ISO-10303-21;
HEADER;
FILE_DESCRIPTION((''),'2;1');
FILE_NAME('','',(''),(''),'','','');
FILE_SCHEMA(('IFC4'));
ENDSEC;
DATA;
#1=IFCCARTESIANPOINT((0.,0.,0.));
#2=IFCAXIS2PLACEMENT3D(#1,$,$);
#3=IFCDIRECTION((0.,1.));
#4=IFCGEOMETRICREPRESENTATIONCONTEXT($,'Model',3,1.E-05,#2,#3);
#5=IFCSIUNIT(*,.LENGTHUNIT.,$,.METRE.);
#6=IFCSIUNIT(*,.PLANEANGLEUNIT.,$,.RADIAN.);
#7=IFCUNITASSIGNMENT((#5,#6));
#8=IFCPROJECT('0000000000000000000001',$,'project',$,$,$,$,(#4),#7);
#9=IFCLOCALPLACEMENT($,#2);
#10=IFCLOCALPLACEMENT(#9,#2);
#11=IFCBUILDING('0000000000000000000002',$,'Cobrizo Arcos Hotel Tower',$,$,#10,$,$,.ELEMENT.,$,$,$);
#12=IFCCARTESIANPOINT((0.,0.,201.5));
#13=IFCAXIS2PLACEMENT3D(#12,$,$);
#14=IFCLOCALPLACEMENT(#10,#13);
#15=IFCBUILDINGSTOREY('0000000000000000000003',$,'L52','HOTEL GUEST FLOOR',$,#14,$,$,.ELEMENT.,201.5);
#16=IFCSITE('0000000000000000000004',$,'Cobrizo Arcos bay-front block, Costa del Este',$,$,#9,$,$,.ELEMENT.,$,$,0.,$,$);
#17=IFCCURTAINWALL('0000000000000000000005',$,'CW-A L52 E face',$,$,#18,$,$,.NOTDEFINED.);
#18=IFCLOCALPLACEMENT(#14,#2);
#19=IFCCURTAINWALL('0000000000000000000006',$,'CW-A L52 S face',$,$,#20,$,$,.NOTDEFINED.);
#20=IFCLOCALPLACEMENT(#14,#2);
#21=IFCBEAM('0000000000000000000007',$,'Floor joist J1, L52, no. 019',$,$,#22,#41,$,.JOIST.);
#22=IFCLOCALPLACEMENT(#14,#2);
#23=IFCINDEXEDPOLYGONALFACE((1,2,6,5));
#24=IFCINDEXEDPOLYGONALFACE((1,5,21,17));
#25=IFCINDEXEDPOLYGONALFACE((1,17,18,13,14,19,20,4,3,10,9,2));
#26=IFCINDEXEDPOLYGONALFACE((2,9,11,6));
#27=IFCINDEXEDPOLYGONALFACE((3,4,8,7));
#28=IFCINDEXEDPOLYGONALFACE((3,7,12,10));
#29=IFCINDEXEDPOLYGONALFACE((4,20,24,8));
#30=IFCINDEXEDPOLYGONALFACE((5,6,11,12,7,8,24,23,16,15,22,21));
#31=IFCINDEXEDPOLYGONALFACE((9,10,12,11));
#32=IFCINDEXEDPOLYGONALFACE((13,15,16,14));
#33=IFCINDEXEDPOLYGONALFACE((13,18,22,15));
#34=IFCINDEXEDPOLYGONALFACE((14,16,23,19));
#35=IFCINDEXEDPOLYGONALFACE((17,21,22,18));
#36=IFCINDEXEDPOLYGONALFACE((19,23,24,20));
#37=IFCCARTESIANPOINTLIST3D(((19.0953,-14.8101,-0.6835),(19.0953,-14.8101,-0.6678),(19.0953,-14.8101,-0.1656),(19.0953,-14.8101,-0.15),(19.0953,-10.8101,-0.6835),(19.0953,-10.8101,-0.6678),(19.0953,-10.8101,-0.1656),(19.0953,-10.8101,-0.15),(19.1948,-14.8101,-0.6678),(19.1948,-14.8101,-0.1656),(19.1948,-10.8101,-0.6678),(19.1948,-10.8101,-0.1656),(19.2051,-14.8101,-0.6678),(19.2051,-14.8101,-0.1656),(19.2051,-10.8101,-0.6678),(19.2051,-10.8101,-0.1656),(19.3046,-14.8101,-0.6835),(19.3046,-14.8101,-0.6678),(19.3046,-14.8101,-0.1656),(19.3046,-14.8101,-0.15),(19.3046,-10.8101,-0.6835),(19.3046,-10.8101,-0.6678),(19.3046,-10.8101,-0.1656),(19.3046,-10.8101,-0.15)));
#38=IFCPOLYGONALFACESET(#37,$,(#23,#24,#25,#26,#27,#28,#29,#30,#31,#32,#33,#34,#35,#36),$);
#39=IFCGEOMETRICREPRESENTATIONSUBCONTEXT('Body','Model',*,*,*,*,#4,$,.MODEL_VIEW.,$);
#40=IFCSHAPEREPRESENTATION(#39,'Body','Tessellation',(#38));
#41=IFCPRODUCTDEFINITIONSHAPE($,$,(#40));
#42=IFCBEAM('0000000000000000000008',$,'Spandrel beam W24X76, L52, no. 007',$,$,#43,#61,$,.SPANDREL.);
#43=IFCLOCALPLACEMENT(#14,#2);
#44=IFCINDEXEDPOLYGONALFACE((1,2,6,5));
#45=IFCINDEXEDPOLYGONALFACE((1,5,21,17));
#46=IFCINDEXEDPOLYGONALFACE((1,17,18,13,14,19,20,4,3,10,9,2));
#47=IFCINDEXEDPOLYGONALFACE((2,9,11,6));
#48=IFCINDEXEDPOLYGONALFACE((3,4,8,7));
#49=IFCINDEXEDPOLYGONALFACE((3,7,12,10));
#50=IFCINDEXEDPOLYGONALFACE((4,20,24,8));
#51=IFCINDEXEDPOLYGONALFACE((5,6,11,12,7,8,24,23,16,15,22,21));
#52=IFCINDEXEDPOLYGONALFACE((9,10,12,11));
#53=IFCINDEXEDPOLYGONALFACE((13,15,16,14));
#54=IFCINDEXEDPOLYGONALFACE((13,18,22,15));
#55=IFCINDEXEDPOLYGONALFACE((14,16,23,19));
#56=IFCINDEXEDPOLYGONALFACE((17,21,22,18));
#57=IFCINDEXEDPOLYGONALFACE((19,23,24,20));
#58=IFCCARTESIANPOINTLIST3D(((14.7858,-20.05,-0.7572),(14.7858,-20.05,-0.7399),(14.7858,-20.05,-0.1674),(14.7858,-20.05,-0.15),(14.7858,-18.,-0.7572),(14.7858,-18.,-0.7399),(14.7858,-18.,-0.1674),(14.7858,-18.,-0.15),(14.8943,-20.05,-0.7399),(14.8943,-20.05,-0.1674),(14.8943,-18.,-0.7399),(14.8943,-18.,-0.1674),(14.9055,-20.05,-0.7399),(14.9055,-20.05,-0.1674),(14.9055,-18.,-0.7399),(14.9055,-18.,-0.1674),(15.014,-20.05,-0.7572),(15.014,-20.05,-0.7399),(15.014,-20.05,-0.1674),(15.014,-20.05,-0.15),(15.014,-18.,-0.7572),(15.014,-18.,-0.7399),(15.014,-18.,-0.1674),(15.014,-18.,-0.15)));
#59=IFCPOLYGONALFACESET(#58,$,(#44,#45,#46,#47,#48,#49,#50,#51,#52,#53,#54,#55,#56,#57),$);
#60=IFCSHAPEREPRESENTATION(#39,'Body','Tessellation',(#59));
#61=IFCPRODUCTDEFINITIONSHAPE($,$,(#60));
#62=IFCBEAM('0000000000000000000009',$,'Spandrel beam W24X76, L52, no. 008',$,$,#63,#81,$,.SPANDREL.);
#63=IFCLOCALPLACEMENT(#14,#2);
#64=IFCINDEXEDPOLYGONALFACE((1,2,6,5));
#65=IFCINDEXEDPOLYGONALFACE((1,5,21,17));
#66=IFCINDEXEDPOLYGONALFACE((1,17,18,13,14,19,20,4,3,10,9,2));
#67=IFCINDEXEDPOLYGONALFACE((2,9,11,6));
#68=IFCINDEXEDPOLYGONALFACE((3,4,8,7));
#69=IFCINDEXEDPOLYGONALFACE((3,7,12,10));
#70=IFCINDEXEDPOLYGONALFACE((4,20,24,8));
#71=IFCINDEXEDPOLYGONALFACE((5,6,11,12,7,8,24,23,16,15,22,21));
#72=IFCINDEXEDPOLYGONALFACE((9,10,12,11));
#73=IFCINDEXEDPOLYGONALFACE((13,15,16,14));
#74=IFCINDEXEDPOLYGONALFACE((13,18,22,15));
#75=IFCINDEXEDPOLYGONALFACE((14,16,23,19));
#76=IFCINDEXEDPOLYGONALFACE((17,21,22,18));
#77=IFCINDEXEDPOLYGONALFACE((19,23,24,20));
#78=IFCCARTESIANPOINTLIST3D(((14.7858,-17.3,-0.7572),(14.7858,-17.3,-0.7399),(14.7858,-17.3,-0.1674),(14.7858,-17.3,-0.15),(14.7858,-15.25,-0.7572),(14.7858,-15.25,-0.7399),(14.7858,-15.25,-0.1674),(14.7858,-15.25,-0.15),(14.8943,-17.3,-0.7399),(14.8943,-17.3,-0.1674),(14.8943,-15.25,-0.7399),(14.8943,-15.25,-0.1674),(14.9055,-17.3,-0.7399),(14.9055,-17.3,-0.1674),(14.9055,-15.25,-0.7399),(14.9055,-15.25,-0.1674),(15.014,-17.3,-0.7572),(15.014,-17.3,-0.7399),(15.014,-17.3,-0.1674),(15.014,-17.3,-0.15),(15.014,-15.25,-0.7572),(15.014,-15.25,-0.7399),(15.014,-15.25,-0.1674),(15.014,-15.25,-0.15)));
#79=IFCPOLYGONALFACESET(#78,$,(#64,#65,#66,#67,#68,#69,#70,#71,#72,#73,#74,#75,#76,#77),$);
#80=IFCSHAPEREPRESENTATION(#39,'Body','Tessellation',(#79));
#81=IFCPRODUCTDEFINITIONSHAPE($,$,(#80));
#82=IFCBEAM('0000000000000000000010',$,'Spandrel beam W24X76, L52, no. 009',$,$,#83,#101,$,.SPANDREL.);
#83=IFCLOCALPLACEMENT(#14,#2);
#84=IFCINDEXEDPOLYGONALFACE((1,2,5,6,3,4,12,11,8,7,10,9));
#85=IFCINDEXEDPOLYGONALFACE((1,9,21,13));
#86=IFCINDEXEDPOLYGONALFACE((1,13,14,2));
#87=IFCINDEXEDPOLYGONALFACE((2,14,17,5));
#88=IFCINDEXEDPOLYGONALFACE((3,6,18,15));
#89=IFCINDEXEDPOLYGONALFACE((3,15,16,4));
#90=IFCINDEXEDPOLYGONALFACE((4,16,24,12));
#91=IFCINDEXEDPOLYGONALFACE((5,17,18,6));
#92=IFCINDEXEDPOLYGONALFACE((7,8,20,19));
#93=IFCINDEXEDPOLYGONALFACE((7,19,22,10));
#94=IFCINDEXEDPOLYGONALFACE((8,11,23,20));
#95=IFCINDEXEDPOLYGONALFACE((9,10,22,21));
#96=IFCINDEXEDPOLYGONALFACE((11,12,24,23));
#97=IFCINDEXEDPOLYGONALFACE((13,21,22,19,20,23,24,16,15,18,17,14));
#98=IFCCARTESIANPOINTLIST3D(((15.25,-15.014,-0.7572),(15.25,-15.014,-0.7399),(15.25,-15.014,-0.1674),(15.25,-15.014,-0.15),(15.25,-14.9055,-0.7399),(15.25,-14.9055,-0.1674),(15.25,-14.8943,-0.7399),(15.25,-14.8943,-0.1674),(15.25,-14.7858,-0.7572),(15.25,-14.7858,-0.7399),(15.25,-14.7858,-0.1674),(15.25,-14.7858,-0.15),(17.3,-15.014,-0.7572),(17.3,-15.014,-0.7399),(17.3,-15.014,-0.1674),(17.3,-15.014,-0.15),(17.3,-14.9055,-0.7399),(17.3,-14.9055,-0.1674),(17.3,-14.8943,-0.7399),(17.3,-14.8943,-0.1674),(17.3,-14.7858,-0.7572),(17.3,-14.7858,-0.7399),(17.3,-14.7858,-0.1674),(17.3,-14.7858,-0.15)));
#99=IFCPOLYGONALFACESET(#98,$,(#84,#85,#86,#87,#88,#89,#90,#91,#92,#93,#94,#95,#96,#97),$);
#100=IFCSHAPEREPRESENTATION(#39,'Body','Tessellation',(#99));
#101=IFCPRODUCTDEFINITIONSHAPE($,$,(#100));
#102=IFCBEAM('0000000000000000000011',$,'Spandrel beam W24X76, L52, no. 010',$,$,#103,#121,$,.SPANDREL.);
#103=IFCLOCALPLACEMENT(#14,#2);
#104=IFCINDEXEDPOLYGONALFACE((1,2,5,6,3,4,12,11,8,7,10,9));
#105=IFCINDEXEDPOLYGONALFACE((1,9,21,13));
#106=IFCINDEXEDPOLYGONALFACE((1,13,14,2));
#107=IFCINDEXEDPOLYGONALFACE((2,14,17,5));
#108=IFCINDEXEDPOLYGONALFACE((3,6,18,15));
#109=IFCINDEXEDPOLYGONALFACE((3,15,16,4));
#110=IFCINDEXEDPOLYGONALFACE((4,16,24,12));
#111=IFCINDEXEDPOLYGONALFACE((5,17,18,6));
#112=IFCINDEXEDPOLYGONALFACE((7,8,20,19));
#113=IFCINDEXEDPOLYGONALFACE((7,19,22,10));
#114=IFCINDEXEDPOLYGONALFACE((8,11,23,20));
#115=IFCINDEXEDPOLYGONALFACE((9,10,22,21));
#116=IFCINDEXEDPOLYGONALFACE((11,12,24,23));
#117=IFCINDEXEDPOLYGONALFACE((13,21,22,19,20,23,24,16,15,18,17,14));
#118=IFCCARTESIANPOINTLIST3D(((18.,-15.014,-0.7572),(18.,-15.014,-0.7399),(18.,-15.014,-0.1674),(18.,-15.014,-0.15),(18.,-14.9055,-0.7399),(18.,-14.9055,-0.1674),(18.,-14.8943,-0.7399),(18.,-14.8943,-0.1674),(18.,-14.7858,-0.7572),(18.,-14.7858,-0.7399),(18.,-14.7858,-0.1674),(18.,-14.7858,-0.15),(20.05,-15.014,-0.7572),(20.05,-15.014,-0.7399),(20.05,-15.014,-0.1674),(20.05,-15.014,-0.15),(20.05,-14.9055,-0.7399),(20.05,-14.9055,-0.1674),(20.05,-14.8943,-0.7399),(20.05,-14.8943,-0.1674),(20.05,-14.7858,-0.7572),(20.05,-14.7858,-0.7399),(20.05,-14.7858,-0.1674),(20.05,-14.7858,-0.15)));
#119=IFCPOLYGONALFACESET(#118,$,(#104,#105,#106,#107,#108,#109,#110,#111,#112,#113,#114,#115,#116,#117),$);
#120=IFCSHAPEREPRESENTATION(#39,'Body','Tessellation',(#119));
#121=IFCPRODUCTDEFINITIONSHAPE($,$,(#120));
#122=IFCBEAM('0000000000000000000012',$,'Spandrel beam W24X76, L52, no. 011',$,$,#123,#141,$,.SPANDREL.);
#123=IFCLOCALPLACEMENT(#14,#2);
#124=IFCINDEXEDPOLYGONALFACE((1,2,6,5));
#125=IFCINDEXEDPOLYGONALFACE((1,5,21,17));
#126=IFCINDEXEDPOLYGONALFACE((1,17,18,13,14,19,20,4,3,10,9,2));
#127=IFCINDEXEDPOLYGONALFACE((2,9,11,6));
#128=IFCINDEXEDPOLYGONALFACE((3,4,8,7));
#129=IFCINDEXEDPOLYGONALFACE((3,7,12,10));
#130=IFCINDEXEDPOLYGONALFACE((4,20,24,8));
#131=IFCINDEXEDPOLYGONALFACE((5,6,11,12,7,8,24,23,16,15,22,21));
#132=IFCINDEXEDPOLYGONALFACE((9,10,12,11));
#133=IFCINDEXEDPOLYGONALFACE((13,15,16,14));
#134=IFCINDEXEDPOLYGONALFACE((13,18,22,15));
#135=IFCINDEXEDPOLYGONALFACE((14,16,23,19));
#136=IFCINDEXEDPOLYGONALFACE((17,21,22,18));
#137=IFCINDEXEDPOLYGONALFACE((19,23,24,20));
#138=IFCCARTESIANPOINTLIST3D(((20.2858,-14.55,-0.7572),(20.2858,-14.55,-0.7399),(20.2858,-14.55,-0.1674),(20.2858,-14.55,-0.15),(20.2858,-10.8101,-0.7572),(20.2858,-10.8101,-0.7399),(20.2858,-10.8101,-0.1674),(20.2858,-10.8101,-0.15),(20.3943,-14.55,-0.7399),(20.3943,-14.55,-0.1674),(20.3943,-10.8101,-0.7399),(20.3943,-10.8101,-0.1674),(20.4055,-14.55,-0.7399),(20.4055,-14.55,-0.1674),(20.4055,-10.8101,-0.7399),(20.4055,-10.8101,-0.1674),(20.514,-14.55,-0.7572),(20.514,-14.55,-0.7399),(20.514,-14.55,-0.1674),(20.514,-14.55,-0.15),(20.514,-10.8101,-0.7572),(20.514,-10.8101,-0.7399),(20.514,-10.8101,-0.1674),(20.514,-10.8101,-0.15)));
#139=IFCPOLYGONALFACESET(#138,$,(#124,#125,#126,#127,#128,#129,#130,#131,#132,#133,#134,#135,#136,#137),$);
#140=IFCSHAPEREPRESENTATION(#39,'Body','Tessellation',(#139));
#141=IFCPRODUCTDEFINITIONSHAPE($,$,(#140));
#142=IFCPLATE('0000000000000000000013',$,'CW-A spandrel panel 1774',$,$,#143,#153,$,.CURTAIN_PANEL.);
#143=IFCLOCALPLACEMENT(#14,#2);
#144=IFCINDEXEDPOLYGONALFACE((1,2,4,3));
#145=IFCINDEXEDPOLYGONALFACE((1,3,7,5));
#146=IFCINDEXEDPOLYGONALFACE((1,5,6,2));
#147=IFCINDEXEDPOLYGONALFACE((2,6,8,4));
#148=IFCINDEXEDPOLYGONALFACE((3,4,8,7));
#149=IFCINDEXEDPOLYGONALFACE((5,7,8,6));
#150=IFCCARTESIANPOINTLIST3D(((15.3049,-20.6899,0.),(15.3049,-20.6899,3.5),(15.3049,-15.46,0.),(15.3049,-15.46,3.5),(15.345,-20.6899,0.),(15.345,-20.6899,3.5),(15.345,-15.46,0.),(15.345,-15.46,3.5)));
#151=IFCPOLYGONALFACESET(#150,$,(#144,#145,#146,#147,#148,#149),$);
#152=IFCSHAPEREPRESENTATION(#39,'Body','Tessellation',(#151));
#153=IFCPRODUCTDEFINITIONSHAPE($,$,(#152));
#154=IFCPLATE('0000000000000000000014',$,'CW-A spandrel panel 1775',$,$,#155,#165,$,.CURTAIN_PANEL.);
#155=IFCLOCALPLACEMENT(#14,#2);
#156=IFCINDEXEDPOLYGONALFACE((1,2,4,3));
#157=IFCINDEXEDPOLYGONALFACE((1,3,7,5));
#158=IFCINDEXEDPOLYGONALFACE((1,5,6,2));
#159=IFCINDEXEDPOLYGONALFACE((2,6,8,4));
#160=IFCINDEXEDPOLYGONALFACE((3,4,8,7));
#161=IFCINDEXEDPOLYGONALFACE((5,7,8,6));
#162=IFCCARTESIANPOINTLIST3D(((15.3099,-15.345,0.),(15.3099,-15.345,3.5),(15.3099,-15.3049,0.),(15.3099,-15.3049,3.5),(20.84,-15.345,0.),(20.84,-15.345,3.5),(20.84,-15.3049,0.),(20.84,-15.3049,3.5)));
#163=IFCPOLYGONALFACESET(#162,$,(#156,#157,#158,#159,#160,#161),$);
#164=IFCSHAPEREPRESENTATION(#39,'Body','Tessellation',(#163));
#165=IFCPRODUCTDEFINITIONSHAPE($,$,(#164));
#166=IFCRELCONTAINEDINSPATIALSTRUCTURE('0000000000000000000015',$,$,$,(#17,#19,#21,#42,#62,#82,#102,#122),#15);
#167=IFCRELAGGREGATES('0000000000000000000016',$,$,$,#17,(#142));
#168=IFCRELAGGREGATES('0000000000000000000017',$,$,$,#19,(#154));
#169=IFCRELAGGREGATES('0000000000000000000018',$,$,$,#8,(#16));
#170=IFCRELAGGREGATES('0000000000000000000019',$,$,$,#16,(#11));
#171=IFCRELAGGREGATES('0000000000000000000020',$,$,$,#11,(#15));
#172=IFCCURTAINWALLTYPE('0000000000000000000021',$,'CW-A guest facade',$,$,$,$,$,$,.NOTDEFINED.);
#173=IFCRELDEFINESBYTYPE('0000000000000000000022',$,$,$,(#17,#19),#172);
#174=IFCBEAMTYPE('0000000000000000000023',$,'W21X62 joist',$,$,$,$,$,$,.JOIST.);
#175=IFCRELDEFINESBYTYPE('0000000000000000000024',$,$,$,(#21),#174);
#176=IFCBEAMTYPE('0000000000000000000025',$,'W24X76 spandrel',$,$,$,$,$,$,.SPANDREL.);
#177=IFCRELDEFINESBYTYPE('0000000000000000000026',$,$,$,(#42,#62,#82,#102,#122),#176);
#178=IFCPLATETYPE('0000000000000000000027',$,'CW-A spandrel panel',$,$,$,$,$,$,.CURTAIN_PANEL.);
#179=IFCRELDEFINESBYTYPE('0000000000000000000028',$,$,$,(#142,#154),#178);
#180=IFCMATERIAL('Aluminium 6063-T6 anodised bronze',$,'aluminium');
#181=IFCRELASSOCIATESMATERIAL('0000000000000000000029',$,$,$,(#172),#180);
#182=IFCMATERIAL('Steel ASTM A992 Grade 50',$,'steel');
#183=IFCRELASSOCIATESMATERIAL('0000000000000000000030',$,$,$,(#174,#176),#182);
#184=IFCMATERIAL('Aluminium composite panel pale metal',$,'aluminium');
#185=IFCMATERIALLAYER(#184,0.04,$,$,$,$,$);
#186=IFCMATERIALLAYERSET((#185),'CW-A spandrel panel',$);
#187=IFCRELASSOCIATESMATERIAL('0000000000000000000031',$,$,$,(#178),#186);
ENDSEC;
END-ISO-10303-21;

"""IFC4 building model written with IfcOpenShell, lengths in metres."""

from ifc_helpers import new_model, si_unit, direction, frame, origin, origin_2d, place, context, subcontext, project, spatial, rectangle, i_section, extrude, material, layer, layer_set, material_profile, profile_set, type_object, element, aggregate, save


model = new_model("IFC4")

# Units and contexts
model_context = context("Model", 3, precision=1e-05, world=origin(), true_north=direction((0.0, 1.0)))
body_context = subcontext(model_context, "Body", "Model", "MODEL_VIEW")
ifc_project = project(units=[si_unit("LENGTHUNIT", "METRE"), si_unit("PLANEANGLEUNIT", "RADIAN")], contexts=[model_context])

# Site, building, storey
site_placement = place(None, origin())
site = spatial("IfcSite", under=ifc_project, at=site_placement, Name="Cobrizo Arcos bay-front block, Costa del Este", CompositionType="ELEMENT", RefElevation=0.0)
building_placement = place(site_placement, origin())
building = spatial("IfcBuilding", under=site, at=building_placement, Name="Cobrizo Arcos Hotel Tower", CompositionType="ELEMENT")
storey_placement = place(building_placement, frame((0.0, 0.0, 201.5)))
storey = spatial("IfcBuildingStorey", under=building, at=storey_placement, Name="L52", Description="HOTEL GUEST FLOOR", CompositionType="ELEMENT", Elevation=201.5)

# Shared definitions
ifc_material_1 = material(Name="Aluminium 6063-T6 anodised bronze", Category="aluminium")
curtain_wall_type = type_object("IfcCurtainWallType", Name="CW-A guest facade", PredefinedType="NOTDEFINED", material=ifc_material_1)

# Curtain walls
curtain_wall_1_placement = place(storey_placement, origin())
curtain_wall_1 = element("IfcCurtainWall", 1, at=curtain_wall_1_placement, inside=storey, type_object=curtain_wall_type, Name="CW-A L52 E face", PredefinedType="NOTDEFINED")
curtain_wall_2_placement = place(storey_placement, origin())
curtain_wall_2 = element("IfcCurtainWall", 2, at=curtain_wall_2_placement, inside=storey, type_object=curtain_wall_type, Name="CW-A L52 S face", PredefinedType="NOTDEFINED")

# Beams
ifc_material_2 = material(Name="Steel ASTM A992 Grade 50", Category="steel")
ifc_material_profile_1 = material_profile(ifc_material_2, i_section(OverallWidth=0.2092, OverallDepth=0.5334, WebThickness=0.0103, FlangeThickness=0.0156, at=origin_2d()), Name="W21X62")
ifc_profile_set_1 = profile_set([ifc_material_profile_1], Name="Steel ASTM A992 Grade 50")
beam_type_1 = type_object("IfcBeamType", Name="W21X62 joist", PredefinedType="JOIST", material=ifc_profile_set_1)
beam_1_placement = place(storey_placement, frame((19.2, -14.8101, -0.4167), z_axis=(0.0, 1.0, 0.0), x_axis=(-1.0, 0.0, 0.0)))
element("IfcBeam", 3, at=beam_1_placement, inside=storey, type_object=beam_type_1, Name="Floor joist J1, L52, no. 019", PredefinedType="JOIST", context=body_context, shape_type="SweptSolid", body=[
    extrude(i_section(OverallWidth=0.2092, OverallDepth=0.5334, WebThickness=0.0103, FlangeThickness=0.0156, at=origin_2d()), origin(), (0.0, 0.0, 1.0), 4.0),
])
ifc_material_profile_2 = material_profile(ifc_material_2, i_section(OverallWidth=0.2283, OverallDepth=0.6072, WebThickness=0.0112, FlangeThickness=0.0173, at=origin_2d()), Name="W24X76")
ifc_profile_set_2 = profile_set([ifc_material_profile_2], Name="Steel ASTM A992 Grade 50")
beam_type_2 = type_object("IfcBeamType", Name="W24X76 spandrel", PredefinedType="SPANDREL", material=ifc_profile_set_2)
for number, where, z_axis, x_axis, name in (
    (4, (14.8999, -20.05, -0.4536), (0.0, 1.0, 0.0), (-1.0, 0.0, 0.0), "Spandrel beam W24X76, L52, no. 007"),
    (5, (14.8999, -17.3, -0.4536), (0.0, 1.0, 0.0), (-1.0, 0.0, 0.0), "Spandrel beam W24X76, L52, no. 008"),
    (6, (15.25, -14.8999, -0.4536), (1.0, 0.0, 0.0), (0.0, 1.0, 0.0), "Spandrel beam W24X76, L52, no. 009"),
    (7, (18.0, -14.8999, -0.4536), (1.0, 0.0, 0.0), (0.0, 1.0, 0.0), "Spandrel beam W24X76, L52, no. 010"),
):
    element("IfcBeam", number, at=place(storey_placement, frame(where, z_axis=z_axis, x_axis=x_axis)), inside=storey, type_object=beam_type_2, Name=name, PredefinedType="SPANDREL", context=body_context, shape_type="SweptSolid", body=[
        extrude(i_section(OverallWidth=0.2283, OverallDepth=0.6072, WebThickness=0.0112, FlangeThickness=0.0173, at=origin_2d()), origin(), (0.0, 0.0, 1.0), 2.05),
    ])
beam_2_placement = place(storey_placement, frame((20.3999, -14.55, -0.4536), z_axis=(0.0, 1.0, 0.0), x_axis=(-1.0, 0.0, 0.0)))
element("IfcBeam", 8, at=beam_2_placement, inside=storey, type_object=beam_type_2, Name="Spandrel beam W24X76, L52, no. 011", PredefinedType="SPANDREL", context=body_context, shape_type="SweptSolid", body=[
    extrude(i_section(OverallWidth=0.2283, OverallDepth=0.6072, WebThickness=0.0112, FlangeThickness=0.0173, at=origin_2d()), origin(), (0.0, 0.0, 1.0), 3.74),
])

# Plates
ifc_material_3 = material(Name="Aluminium composite panel pale metal", Category="aluminium")
ifc_layer = layer(ifc_material_3, 0.04)
ifc_layer_set = layer_set([ifc_layer], Name="CW-A spandrel panel")
plate_type = type_object("IfcPlateType", Name="CW-A spandrel panel", PredefinedType="CURTAIN_PANEL", material=ifc_layer_set)
plate_1_placement = place(storey_placement, frame((15.325, -18.075, 0.0), z_axis=(0.0, 0.0, 1.0), x_axis=(0.0, 1.0, 0.0)))
plate_1 = element("IfcPlate", 9, at=plate_1_placement, type_object=plate_type, Name="CW-A spandrel panel 1774", PredefinedType="CURTAIN_PANEL", context=body_context, shape_type="SweptSolid", body=[
    extrude(rectangle(XDim=5.23, YDim=0.04, at=origin_2d()), origin(), (0.0, 0.0, 1.0), 3.5),
])
aggregate(curtain_wall_1, [plate_1])
plate_2_placement = place(storey_placement, frame((18.075, -15.325, 0.0), z_axis=(0.0, 0.0, 1.0), x_axis=(1.0, 0.0, 0.0)))
plate_2 = element("IfcPlate", 10, at=plate_2_placement, type_object=plate_type, Name="CW-A spandrel panel 1775", PredefinedType="CURTAIN_PANEL", context=body_context, shape_type="SweptSolid", body=[
    extrude(rectangle(XDim=5.53, YDim=0.04, at=origin_2d()), origin(), (0.0, 0.0, 1.0), 3.5),
])
aggregate(curtain_wall_2, [plate_2])

save(model, "model.ifc")
